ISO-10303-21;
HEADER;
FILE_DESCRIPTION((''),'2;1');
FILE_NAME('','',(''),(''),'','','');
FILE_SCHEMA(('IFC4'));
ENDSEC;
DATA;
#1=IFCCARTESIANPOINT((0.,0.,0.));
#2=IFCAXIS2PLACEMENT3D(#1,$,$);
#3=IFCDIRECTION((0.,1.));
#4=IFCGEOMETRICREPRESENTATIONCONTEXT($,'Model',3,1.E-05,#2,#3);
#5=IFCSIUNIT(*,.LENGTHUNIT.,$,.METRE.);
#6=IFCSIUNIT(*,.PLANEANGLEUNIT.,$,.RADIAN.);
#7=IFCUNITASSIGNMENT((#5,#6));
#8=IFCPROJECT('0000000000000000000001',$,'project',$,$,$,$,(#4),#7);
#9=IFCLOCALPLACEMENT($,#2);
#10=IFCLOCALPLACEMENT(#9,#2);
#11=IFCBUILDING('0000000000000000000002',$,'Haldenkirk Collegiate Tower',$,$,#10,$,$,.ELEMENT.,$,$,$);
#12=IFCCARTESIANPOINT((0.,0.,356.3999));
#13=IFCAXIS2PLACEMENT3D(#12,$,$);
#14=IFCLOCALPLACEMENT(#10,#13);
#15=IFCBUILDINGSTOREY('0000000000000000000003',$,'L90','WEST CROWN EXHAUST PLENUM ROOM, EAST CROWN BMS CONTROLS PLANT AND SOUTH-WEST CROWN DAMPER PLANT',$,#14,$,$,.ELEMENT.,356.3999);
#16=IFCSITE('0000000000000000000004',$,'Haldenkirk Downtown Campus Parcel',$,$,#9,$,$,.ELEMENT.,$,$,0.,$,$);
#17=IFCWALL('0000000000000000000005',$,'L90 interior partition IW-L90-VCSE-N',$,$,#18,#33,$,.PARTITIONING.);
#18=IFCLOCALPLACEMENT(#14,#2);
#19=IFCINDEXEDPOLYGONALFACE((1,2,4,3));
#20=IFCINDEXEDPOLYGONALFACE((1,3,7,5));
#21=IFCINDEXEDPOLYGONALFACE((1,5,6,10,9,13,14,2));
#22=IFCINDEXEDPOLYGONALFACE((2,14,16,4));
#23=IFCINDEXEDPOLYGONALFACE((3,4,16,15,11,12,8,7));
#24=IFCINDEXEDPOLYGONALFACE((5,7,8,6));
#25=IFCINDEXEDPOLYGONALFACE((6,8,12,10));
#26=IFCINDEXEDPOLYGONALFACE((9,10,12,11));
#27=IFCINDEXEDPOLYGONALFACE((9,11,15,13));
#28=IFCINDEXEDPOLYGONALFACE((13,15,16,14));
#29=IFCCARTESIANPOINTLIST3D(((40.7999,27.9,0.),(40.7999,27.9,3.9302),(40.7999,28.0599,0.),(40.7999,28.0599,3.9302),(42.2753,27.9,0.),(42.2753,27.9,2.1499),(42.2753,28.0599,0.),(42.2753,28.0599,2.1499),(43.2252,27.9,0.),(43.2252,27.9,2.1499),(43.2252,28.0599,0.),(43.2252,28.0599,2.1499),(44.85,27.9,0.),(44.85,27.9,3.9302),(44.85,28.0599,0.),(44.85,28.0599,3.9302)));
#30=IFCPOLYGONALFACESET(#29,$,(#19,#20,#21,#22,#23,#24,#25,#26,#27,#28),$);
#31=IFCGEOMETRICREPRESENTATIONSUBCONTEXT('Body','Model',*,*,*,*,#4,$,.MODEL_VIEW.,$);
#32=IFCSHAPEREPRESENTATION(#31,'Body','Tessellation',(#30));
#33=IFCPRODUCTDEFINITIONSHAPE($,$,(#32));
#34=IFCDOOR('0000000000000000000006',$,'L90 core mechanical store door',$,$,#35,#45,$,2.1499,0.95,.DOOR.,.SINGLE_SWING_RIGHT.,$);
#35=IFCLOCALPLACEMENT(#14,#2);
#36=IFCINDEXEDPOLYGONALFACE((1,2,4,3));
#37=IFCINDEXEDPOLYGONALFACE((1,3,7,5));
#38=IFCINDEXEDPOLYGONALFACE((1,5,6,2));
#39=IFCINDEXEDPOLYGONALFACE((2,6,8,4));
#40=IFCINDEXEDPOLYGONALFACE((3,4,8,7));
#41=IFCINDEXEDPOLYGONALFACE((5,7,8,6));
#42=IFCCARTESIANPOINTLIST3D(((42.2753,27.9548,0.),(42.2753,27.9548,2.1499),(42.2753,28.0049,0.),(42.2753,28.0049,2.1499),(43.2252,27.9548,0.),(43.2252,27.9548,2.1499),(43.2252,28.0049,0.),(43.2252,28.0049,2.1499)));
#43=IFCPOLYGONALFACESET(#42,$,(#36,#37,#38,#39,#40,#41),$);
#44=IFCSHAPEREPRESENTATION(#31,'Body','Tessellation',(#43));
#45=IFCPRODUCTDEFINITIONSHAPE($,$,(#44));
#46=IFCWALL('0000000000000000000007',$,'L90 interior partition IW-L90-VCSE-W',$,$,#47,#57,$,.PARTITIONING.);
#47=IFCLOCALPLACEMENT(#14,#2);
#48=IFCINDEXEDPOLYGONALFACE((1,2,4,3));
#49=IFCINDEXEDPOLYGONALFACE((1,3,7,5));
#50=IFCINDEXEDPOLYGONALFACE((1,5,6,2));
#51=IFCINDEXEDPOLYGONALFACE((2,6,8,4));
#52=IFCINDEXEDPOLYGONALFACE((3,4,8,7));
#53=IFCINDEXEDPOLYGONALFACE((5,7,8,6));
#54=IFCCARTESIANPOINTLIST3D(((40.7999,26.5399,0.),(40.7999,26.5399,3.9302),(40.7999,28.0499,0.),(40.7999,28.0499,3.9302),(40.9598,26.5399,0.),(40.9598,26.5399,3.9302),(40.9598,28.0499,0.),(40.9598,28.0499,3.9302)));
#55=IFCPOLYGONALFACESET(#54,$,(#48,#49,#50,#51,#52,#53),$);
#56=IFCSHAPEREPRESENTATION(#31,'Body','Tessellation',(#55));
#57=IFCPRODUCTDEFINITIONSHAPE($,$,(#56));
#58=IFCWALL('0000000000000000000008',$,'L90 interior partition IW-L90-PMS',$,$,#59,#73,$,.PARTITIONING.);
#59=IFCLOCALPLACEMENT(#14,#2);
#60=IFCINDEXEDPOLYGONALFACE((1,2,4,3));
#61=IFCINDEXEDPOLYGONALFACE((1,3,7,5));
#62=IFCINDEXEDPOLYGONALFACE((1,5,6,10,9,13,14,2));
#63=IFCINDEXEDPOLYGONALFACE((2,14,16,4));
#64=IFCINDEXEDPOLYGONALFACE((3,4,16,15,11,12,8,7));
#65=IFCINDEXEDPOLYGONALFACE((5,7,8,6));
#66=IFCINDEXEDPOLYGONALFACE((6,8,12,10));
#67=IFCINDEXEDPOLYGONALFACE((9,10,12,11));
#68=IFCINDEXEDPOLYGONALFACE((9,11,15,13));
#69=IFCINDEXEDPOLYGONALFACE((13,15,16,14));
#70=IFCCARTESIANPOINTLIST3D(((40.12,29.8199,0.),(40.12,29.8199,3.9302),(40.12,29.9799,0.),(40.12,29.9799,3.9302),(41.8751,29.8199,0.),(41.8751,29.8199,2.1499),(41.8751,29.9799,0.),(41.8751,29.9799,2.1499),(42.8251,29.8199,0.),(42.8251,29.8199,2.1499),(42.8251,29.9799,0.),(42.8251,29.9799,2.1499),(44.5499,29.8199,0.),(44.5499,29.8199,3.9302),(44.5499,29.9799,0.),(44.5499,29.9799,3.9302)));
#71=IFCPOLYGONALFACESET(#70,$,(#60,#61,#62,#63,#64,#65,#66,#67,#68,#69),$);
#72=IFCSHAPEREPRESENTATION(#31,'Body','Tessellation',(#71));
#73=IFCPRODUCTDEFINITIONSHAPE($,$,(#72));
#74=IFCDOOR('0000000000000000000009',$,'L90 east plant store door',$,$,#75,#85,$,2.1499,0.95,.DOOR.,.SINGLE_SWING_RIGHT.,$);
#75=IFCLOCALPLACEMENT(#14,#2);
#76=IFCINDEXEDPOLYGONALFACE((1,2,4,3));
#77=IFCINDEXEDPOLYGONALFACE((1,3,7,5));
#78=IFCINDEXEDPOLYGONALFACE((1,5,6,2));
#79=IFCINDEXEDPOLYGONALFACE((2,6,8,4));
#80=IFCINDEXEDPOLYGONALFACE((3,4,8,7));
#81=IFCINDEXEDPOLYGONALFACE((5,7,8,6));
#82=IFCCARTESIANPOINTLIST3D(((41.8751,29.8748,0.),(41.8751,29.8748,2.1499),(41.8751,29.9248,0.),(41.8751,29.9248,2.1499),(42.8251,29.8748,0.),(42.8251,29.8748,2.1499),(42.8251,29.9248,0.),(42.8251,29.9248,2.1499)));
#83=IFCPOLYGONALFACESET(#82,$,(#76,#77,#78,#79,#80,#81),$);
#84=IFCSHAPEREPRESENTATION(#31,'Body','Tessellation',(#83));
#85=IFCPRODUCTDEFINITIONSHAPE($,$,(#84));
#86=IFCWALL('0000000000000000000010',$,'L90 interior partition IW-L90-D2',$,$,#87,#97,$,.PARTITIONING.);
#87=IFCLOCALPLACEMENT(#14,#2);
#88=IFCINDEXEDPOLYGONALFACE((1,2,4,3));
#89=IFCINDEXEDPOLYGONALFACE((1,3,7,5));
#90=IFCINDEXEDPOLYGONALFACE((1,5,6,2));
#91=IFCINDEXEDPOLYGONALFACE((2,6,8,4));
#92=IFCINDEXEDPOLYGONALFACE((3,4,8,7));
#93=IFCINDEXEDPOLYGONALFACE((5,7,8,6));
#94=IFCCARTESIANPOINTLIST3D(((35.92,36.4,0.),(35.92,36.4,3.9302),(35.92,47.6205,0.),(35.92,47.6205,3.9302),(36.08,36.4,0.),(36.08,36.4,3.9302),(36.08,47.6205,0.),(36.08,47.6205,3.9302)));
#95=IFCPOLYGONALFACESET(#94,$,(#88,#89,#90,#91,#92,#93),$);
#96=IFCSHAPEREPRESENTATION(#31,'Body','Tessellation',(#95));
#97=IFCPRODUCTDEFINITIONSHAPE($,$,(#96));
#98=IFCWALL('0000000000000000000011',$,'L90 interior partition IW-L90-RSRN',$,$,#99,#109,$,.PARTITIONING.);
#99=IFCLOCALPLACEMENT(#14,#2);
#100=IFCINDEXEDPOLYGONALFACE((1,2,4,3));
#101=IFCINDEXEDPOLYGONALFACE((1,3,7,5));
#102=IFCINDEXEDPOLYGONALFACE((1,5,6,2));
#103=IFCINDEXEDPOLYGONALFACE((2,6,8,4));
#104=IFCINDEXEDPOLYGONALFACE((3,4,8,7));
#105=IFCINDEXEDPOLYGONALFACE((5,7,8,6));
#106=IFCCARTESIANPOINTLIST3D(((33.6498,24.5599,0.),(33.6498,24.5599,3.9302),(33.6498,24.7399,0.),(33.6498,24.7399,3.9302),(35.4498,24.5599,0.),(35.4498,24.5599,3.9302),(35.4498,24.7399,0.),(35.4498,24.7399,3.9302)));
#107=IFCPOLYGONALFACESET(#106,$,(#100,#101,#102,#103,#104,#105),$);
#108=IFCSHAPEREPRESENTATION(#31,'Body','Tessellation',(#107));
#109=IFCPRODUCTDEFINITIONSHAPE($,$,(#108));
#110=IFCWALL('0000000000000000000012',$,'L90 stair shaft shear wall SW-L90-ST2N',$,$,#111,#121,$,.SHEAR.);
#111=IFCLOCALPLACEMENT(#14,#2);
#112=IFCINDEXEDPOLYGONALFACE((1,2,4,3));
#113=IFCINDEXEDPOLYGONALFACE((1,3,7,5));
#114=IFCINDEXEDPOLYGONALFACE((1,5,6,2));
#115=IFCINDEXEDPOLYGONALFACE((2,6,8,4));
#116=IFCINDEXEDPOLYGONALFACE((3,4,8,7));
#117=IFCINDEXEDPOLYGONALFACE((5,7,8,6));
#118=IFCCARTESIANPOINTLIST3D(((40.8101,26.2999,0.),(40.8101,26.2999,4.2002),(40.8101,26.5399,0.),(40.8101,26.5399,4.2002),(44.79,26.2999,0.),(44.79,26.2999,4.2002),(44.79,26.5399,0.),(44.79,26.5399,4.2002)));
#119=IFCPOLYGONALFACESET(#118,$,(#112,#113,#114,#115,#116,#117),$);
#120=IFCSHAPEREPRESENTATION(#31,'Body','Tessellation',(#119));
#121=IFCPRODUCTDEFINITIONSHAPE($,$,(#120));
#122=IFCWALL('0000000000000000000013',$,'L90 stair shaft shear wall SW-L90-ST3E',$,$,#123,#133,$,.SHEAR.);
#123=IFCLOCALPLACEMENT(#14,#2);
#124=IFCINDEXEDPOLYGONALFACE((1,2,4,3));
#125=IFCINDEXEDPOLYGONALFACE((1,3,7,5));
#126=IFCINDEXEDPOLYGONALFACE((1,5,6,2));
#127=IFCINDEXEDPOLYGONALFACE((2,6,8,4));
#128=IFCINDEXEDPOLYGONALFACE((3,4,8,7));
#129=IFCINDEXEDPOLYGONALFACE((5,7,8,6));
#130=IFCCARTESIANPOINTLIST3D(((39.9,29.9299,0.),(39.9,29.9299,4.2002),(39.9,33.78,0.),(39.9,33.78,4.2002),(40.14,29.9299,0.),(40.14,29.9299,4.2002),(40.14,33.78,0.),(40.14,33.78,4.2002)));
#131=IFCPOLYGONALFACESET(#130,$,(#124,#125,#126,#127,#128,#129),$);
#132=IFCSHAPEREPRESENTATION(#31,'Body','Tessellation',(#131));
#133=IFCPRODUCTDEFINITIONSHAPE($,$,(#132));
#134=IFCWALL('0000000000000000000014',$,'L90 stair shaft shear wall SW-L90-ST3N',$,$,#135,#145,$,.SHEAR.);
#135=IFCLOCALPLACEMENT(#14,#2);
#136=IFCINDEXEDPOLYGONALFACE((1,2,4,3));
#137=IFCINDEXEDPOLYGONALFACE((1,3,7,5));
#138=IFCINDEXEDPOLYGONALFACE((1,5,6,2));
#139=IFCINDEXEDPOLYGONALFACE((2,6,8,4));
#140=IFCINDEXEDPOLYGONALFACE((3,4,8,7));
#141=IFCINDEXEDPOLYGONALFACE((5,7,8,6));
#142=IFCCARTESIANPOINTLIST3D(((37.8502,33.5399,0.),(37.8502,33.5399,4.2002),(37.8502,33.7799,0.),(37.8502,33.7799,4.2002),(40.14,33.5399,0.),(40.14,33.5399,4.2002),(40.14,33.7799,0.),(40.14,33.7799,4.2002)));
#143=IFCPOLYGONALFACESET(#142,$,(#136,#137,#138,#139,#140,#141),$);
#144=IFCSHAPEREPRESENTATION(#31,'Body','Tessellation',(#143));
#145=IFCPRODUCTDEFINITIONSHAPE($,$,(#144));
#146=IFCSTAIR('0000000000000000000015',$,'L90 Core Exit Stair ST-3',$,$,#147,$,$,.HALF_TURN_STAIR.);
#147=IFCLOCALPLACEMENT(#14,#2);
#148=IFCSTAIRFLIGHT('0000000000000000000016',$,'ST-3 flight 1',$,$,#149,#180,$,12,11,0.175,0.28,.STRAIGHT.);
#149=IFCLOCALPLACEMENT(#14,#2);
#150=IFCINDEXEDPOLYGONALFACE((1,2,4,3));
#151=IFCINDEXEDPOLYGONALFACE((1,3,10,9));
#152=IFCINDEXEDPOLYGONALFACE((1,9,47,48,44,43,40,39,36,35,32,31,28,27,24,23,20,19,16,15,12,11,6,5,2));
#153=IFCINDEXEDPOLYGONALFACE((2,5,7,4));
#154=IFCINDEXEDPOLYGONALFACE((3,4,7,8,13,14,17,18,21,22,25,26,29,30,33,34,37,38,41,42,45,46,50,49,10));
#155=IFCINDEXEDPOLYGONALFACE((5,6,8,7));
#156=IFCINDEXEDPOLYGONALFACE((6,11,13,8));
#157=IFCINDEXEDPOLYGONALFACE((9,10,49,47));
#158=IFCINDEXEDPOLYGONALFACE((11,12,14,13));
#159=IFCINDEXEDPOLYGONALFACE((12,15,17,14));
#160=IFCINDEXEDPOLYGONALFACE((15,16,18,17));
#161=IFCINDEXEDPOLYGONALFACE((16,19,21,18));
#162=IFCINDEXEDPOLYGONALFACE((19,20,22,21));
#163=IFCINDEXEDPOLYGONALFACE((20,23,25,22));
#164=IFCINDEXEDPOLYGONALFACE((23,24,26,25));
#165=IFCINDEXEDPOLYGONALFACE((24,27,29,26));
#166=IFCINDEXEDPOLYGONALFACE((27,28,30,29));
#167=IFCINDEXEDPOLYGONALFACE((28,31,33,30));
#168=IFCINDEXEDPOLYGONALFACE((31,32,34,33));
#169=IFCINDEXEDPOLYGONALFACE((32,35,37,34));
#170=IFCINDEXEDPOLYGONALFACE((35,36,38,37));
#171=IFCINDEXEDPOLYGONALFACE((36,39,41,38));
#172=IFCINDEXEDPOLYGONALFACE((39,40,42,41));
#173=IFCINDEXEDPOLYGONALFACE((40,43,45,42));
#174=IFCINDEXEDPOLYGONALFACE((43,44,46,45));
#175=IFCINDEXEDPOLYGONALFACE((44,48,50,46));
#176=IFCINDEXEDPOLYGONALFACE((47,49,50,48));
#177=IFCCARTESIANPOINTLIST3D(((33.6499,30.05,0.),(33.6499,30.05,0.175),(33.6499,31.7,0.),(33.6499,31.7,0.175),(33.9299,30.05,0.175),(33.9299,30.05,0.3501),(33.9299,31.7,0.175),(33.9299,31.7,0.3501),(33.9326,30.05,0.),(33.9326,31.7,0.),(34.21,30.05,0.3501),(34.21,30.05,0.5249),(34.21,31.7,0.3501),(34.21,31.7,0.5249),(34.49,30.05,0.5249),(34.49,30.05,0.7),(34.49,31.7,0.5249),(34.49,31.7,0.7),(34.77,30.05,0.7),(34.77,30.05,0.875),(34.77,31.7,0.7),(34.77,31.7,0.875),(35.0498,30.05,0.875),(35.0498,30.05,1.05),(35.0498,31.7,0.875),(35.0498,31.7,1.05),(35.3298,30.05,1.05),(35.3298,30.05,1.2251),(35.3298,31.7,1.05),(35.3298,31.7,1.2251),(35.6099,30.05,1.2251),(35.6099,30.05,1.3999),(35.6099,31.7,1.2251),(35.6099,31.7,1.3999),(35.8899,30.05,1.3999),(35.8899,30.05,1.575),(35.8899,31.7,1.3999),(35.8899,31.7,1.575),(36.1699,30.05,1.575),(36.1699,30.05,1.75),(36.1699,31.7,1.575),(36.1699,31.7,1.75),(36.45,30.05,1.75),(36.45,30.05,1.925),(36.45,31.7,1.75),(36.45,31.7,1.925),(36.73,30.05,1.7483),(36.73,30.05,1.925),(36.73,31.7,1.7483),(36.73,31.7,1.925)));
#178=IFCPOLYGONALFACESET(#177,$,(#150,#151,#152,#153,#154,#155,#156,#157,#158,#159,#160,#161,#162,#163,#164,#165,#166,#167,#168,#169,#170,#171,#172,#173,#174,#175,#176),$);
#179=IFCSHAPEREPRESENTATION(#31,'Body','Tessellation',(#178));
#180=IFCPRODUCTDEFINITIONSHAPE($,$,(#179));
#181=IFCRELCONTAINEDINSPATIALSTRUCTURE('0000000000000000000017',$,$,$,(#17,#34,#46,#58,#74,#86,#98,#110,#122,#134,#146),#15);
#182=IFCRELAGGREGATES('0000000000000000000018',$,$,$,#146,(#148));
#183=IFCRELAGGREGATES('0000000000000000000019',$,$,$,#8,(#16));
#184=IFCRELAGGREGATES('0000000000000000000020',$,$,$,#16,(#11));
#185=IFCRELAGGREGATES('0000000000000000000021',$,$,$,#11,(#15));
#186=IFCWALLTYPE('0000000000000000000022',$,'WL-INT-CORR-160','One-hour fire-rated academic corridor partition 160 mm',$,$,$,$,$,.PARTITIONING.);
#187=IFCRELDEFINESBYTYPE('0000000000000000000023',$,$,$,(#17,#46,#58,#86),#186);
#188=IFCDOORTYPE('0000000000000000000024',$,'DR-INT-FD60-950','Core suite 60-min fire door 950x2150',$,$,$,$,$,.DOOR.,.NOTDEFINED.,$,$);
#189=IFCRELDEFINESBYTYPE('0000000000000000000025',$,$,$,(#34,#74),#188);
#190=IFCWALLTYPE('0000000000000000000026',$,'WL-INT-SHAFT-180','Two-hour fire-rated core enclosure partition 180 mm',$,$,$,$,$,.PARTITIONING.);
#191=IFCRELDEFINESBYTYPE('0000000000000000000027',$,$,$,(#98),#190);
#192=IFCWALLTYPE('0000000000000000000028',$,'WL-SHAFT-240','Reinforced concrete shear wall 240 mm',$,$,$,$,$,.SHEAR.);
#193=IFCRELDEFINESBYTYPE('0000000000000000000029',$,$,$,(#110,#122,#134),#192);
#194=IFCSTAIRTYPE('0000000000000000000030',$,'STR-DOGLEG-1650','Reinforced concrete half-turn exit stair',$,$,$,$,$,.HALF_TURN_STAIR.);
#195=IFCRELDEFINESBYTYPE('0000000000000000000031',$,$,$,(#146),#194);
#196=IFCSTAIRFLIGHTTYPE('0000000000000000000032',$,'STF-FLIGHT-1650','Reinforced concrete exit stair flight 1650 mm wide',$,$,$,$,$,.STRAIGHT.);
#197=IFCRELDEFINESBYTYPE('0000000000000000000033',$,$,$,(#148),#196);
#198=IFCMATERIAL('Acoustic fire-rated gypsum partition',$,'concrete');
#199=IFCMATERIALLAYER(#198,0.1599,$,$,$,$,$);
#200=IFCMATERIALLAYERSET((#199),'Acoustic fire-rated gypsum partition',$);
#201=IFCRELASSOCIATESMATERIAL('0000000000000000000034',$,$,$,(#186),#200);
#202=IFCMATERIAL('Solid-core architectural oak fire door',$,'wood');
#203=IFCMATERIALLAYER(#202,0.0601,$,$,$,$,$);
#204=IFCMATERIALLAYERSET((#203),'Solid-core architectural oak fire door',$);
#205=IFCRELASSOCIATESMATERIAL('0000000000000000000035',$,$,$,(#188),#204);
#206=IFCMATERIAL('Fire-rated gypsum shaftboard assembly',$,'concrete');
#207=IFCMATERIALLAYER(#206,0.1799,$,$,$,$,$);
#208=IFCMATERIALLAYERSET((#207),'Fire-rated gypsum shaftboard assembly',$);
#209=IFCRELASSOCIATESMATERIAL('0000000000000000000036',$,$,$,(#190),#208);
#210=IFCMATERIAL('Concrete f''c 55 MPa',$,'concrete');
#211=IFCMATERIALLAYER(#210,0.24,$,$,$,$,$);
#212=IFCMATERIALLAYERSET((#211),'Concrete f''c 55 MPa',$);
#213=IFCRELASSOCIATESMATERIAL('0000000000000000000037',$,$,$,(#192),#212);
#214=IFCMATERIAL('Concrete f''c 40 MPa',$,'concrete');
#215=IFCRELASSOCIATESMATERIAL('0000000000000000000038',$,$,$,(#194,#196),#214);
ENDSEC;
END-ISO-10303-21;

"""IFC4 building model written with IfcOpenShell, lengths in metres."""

from ifc_helpers import new_model, si_unit, direction, frame, frame_2d, origin, place, context, subcontext, project, spatial, polyline, rectangle, outline, extrude, material, layer, layer_set, type_object, element, fill, aggregate, save


model = new_model("IFC4")

# Units and contexts
model_context = context("Model", 3, precision=1e-05, world=origin(), true_north=direction((0.0, 1.0)))
body_context = subcontext(model_context, "Body", "Model", "MODEL_VIEW")
ifc_project = project(units=[si_unit("LENGTHUNIT", "METRE"), si_unit("PLANEANGLEUNIT", "RADIAN")], contexts=[model_context])

# Site, building, storey
site_placement = place(None, origin())
site = spatial("IfcSite", under=ifc_project, at=site_placement, Name="Haldenkirk Downtown Campus Parcel", CompositionType="ELEMENT", RefElevation=0.0)
building_placement = place(site_placement, origin())
building = spatial("IfcBuilding", under=site, at=building_placement, Name="Haldenkirk Collegiate Tower", CompositionType="ELEMENT")
storey_placement = place(building_placement, frame((0.0, 0.0, 356.3999)))
storey = spatial("IfcBuildingStorey", under=building, at=storey_placement, Name="L90", Description="WEST CROWN EXHAUST PLENUM ROOM, EAST CROWN BMS CONTROLS PLANT AND SOUTH-WEST CROWN DAMPER PLANT", CompositionType="ELEMENT", Elevation=356.3999)

# Wall, opening, door
ifc_material_1 = material(Name="Acoustic fire-rated gypsum partition", Category="concrete")
ifc_layer_1 = layer(ifc_material_1, 0.1599)
ifc_layer_set_1 = layer_set([ifc_layer_1], Name="Acoustic fire-rated gypsum partition")
wall_type_1 = type_object("IfcWallType", Name="WL-INT-CORR-160", Description="One-hour fire-rated academic corridor partition 160 mm", PredefinedType="PARTITIONING", material=ifc_layer_set_1)
wall_1_placement = place(storey_placement, frame((40.8, 27.98, 0.0), z_axis=(0.0, 0.0, 1.0), x_axis=(1.0, 0.0, 0.0)))
wall_1 = element("IfcWall", 1, at=wall_1_placement, inside=storey, type_object=wall_type_1, Name="L90 interior partition IW-L90-VCSE-N", PredefinedType="PARTITIONING", context=body_context, shape_type="SweptSolid", body=[
    extrude(rectangle(XDim=4.05, YDim=0.1599, at=frame_2d((2.0249, 0.0))), origin(), (0.0, 0.0, 1.0), 3.9302),
])
opening_1_placement = place(wall_1_placement, frame((1.4751, 0.0, 0.0)))
opening_1 = element("IfcOpeningElement", 2, at=opening_1_placement, cuts=wall_1, PredefinedType="OPENING", context=body_context, shape_type="SweptSolid", body=[
    extrude(rectangle(XDim=0.95, YDim=2.1499, at=frame_2d((0.4751, 1.075))), frame((0.0, 0.0898, 0.0), z_axis=(0.0, -1.0, 0.0), x_axis=(1.0, 0.0, 0.0)), (0.0, 0.0, 1.0), 0.1799),
])
ifc_material_2 = material(Name="Solid-core architectural oak fire door", Category="wood")
ifc_layer_2 = layer(ifc_material_2, 0.0601)
ifc_layer_set_2 = layer_set([ifc_layer_2], Name="Solid-core architectural oak fire door")
door_type = type_object("IfcDoorType", Name="DR-INT-FD60-950", Description="Core suite 60-min fire door 950x2150", OperationType="NOTDEFINED", PredefinedType="DOOR", material=ifc_layer_set_2)
door_1_placement = place(opening_1_placement, origin())
door_1 = element("IfcDoor", 3, at=door_1_placement, inside=storey, type_object=door_type, Name="L90 core mechanical store door", OperationType="SINGLE_SWING_RIGHT", OverallHeight=2.1499, OverallWidth=0.95, PredefinedType="DOOR", context=body_context, shape_type="SweptSolid", body=[
    extrude(rectangle(XDim=0.95, YDim=2.1499, at=frame_2d((0.4751, 1.075))), frame((0.0, 0.0249, 0.0), z_axis=(0.0, -1.0, 0.0), x_axis=(1.0, 0.0, 0.0)), (0.0, 0.0, 1.0), 0.05),
])
fill(opening_1, door_1)

# Wall
wall_2_placement = place(storey_placement, frame((40.8799, 26.54, 0.0), z_axis=(0.0, 0.0, 1.0), x_axis=(0.0, 1.0, 0.0)))
element("IfcWall", 4, at=wall_2_placement, inside=storey, type_object=wall_type_1, Name="L90 interior partition IW-L90-VCSE-W", PredefinedType="PARTITIONING", context=body_context, shape_type="SweptSolid", body=[
    extrude(rectangle(XDim=1.51, YDim=0.1599, at=frame_2d((0.7549, 0.0))), origin(), (0.0, 0.0, 1.0), 3.9302),
])

# Wall, opening, door
wall_3_placement = place(storey_placement, frame((40.1201, 29.8999, 0.0), z_axis=(0.0, 0.0, 1.0), x_axis=(1.0, 0.0, 0.0)))
wall_3 = element("IfcWall", 5, at=wall_3_placement, inside=storey, type_object=wall_type_1, Name="L90 interior partition IW-L90-PMS", PredefinedType="PARTITIONING", context=body_context, shape_type="SweptSolid", body=[
    extrude(rectangle(XDim=4.4299, YDim=0.1599, at=frame_2d((2.2148, 0.0))), origin(), (0.0, 0.0, 1.0), 3.9302),
])
opening_2_placement = place(wall_3_placement, frame((1.7549, 0.0, 0.0)))
opening_2 = element("IfcOpeningElement", 6, at=opening_2_placement, cuts=wall_3, PredefinedType="OPENING", context=body_context, shape_type="SweptSolid", body=[
    extrude(rectangle(XDim=0.95, YDim=2.1499, at=frame_2d((0.4751, 1.075))), frame((0.0, 0.0898, 0.0), z_axis=(0.0, -1.0, 0.0), x_axis=(1.0, 0.0, 0.0)), (0.0, 0.0, 1.0), 0.1799),
])
door_2_placement = place(opening_2_placement, origin())
door_2 = element("IfcDoor", 7, at=door_2_placement, inside=storey, type_object=door_type, Name="L90 east plant store door", OperationType="SINGLE_SWING_RIGHT", OverallHeight=2.1499, OverallWidth=0.95, PredefinedType="DOOR", context=body_context, shape_type="SweptSolid", body=[
    extrude(rectangle(XDim=0.95, YDim=2.1499, at=frame_2d((0.4751, 1.075))), frame((0.0, 0.0249, 0.0), z_axis=(0.0, -1.0, 0.0), x_axis=(1.0, 0.0, 0.0)), (0.0, 0.0, 1.0), 0.05),
])
fill(opening_2, door_2)

# Walls
wall_4_placement = place(storey_placement, frame((36.0, 36.3999, 0.0), z_axis=(0.0, 0.0, 1.0), x_axis=(0.0, 1.0, 0.0)))
element("IfcWall", 8, at=wall_4_placement, inside=storey, type_object=wall_type_1, Name="L90 interior partition IW-L90-D2", PredefinedType="PARTITIONING", context=body_context, shape_type="SweptSolid", body=[
    extrude(rectangle(XDim=11.2205, YDim=0.1599, at=frame_2d((5.6104, 0.0))), origin(), (0.0, 0.0, 1.0), 3.9302),
])
ifc_material_3 = material(Name="Fire-rated gypsum shaftboard assembly", Category="concrete")
ifc_layer_3 = layer(ifc_material_3, 0.1799)
ifc_layer_set_3 = layer_set([ifc_layer_3], Name="Fire-rated gypsum shaftboard assembly")
wall_type_2 = type_object("IfcWallType", Name="WL-INT-SHAFT-180", Description="Two-hour fire-rated core enclosure partition 180 mm", PredefinedType="PARTITIONING", material=ifc_layer_set_3)
wall_5_placement = place(storey_placement, frame((33.6499, 24.6499, 0.0), z_axis=(0.0, 0.0, 1.0), x_axis=(1.0, 0.0, 0.0)))
element("IfcWall", 9, at=wall_5_placement, inside=storey, type_object=wall_type_2, Name="L90 interior partition IW-L90-RSRN", PredefinedType="PARTITIONING", context=body_context, shape_type="SweptSolid", body=[
    extrude(rectangle(XDim=1.8, YDim=0.1799, at=frame_2d((0.8999, 0.0))), origin(), (0.0, 0.0, 1.0), 3.9302),
])
ifc_material_4 = material(Name="Concrete f'c 55 MPa", Category="concrete")
ifc_layer_4 = layer(ifc_material_4, 0.24)
ifc_layer_set_4 = layer_set([ifc_layer_4], Name="Concrete f'c 55 MPa")
wall_type_3 = type_object("IfcWallType", Name="WL-SHAFT-240", Description="Reinforced concrete shear wall 240 mm", PredefinedType="SHEAR", material=ifc_layer_set_4)
wall_6_placement = place(storey_placement, frame((40.8101, 26.4199, 0.0), z_axis=(0.0, 0.0, 1.0), x_axis=(1.0, 0.0, 0.0)))
element("IfcWall", 10, at=wall_6_placement, inside=storey, type_object=wall_type_3, Name="L90 stair shaft shear wall SW-L90-ST2N", PredefinedType="SHEAR", context=body_context, shape_type="SweptSolid", body=[
    extrude(rectangle(XDim=3.98, YDim=0.24, at=frame_2d((1.99, 0.0))), origin(), (0.0, 0.0, 1.0), 4.2002),
])
wall_7_placement = place(storey_placement, frame((40.02, 29.9299, 0.0), z_axis=(0.0, 0.0, 1.0), x_axis=(0.0, 1.0, 0.0)))
element("IfcWall", 11, at=wall_7_placement, inside=storey, type_object=wall_type_3, Name="L90 stair shaft shear wall SW-L90-ST3E", PredefinedType="SHEAR", context=body_context, shape_type="SweptSolid", body=[
    extrude(rectangle(XDim=3.8501, YDim=0.24, at=frame_2d((1.925, 0.0))), origin(), (0.0, 0.0, 1.0), 4.2002),
])
wall_8_placement = place(storey_placement, frame((37.8501, 33.6599, 0.0), z_axis=(0.0, 0.0, 1.0), x_axis=(1.0, 0.0, 0.0)))
element("IfcWall", 12, at=wall_8_placement, inside=storey, type_object=wall_type_3, Name="L90 stair shaft shear wall SW-L90-ST3N", PredefinedType="SHEAR", context=body_context, shape_type="SweptSolid", body=[
    extrude(rectangle(XDim=2.2898, YDim=0.24, at=frame_2d((1.145, 0.0))), origin(), (0.0, 0.0, 1.0), 4.2002),
])

# Stair, stair flight
ifc_material_5 = material(Name="Concrete f'c 40 MPa", Category="concrete")
stair_type = type_object("IfcStairType", Name="STR-DOGLEG-1650", Description="Reinforced concrete half-turn exit stair", PredefinedType="HALF_TURN_STAIR", material=ifc_material_5)
stair_placement = place(storey_placement, origin())
stair = element("IfcStair", 13, at=stair_placement, inside=storey, type_object=stair_type, Name="L90 Core Exit Stair ST-3", PredefinedType="HALF_TURN_STAIR")
stair_flight_type = type_object("IfcStairFlightType", Name="STF-FLIGHT-1650", Description="Reinforced concrete exit stair flight 1650 mm wide", PredefinedType="STRAIGHT", material=ifc_material_5)
stair_flight_1_placement = place(storey_placement, frame((33.6499, 30.875, 0.0), z_axis=(0.0, 0.0, 1.0), x_axis=(1.0, 0.0, 0.0)))
stair_flight_1 = element("IfcStairFlight", 14, at=stair_flight_1_placement, type_object=stair_flight_type, Name="ST-3 flight 1", NumberOfRisers=12, NumberOfTreads=11, PredefinedType="STRAIGHT", RiserHeight=0.175, TreadLength=0.28, context=body_context, shape_type="SweptSolid", body=[
    extrude(outline(polyline([(0.0, 0.0), (0.0, 0.175), (0.28, 0.175), (0.28, 0.3501), (0.5601, 0.3501), (0.5601, 0.5249), (0.8401, 0.5249), (0.8401, 0.7), (1.1201, 0.7), (1.1201, 0.875), (1.3999, 0.875), (1.3999, 1.05), (1.6799, 1.05), (1.6799, 1.2251), (1.96, 1.2251), (1.96, 1.3999), (2.24, 1.3999), (2.24, 1.575), (2.52, 1.575), (2.52, 1.75), (2.8, 1.75), (2.8, 1.925), (3.0801, 1.925), (3.0801, 2.1001), (3.0801, 1.7483), (0.2827, 0.0), (0.0, 0.0)])), frame((0.0, 0.825, 0.0), z_axis=(0.0, -1.0, 0.0), x_axis=(1.0, 0.0, 0.0)), (0.0, 0.0, 1.0), 1.6499),
])
aggregate(stair, [stair_flight_1])

save(model, "model.ifc")
